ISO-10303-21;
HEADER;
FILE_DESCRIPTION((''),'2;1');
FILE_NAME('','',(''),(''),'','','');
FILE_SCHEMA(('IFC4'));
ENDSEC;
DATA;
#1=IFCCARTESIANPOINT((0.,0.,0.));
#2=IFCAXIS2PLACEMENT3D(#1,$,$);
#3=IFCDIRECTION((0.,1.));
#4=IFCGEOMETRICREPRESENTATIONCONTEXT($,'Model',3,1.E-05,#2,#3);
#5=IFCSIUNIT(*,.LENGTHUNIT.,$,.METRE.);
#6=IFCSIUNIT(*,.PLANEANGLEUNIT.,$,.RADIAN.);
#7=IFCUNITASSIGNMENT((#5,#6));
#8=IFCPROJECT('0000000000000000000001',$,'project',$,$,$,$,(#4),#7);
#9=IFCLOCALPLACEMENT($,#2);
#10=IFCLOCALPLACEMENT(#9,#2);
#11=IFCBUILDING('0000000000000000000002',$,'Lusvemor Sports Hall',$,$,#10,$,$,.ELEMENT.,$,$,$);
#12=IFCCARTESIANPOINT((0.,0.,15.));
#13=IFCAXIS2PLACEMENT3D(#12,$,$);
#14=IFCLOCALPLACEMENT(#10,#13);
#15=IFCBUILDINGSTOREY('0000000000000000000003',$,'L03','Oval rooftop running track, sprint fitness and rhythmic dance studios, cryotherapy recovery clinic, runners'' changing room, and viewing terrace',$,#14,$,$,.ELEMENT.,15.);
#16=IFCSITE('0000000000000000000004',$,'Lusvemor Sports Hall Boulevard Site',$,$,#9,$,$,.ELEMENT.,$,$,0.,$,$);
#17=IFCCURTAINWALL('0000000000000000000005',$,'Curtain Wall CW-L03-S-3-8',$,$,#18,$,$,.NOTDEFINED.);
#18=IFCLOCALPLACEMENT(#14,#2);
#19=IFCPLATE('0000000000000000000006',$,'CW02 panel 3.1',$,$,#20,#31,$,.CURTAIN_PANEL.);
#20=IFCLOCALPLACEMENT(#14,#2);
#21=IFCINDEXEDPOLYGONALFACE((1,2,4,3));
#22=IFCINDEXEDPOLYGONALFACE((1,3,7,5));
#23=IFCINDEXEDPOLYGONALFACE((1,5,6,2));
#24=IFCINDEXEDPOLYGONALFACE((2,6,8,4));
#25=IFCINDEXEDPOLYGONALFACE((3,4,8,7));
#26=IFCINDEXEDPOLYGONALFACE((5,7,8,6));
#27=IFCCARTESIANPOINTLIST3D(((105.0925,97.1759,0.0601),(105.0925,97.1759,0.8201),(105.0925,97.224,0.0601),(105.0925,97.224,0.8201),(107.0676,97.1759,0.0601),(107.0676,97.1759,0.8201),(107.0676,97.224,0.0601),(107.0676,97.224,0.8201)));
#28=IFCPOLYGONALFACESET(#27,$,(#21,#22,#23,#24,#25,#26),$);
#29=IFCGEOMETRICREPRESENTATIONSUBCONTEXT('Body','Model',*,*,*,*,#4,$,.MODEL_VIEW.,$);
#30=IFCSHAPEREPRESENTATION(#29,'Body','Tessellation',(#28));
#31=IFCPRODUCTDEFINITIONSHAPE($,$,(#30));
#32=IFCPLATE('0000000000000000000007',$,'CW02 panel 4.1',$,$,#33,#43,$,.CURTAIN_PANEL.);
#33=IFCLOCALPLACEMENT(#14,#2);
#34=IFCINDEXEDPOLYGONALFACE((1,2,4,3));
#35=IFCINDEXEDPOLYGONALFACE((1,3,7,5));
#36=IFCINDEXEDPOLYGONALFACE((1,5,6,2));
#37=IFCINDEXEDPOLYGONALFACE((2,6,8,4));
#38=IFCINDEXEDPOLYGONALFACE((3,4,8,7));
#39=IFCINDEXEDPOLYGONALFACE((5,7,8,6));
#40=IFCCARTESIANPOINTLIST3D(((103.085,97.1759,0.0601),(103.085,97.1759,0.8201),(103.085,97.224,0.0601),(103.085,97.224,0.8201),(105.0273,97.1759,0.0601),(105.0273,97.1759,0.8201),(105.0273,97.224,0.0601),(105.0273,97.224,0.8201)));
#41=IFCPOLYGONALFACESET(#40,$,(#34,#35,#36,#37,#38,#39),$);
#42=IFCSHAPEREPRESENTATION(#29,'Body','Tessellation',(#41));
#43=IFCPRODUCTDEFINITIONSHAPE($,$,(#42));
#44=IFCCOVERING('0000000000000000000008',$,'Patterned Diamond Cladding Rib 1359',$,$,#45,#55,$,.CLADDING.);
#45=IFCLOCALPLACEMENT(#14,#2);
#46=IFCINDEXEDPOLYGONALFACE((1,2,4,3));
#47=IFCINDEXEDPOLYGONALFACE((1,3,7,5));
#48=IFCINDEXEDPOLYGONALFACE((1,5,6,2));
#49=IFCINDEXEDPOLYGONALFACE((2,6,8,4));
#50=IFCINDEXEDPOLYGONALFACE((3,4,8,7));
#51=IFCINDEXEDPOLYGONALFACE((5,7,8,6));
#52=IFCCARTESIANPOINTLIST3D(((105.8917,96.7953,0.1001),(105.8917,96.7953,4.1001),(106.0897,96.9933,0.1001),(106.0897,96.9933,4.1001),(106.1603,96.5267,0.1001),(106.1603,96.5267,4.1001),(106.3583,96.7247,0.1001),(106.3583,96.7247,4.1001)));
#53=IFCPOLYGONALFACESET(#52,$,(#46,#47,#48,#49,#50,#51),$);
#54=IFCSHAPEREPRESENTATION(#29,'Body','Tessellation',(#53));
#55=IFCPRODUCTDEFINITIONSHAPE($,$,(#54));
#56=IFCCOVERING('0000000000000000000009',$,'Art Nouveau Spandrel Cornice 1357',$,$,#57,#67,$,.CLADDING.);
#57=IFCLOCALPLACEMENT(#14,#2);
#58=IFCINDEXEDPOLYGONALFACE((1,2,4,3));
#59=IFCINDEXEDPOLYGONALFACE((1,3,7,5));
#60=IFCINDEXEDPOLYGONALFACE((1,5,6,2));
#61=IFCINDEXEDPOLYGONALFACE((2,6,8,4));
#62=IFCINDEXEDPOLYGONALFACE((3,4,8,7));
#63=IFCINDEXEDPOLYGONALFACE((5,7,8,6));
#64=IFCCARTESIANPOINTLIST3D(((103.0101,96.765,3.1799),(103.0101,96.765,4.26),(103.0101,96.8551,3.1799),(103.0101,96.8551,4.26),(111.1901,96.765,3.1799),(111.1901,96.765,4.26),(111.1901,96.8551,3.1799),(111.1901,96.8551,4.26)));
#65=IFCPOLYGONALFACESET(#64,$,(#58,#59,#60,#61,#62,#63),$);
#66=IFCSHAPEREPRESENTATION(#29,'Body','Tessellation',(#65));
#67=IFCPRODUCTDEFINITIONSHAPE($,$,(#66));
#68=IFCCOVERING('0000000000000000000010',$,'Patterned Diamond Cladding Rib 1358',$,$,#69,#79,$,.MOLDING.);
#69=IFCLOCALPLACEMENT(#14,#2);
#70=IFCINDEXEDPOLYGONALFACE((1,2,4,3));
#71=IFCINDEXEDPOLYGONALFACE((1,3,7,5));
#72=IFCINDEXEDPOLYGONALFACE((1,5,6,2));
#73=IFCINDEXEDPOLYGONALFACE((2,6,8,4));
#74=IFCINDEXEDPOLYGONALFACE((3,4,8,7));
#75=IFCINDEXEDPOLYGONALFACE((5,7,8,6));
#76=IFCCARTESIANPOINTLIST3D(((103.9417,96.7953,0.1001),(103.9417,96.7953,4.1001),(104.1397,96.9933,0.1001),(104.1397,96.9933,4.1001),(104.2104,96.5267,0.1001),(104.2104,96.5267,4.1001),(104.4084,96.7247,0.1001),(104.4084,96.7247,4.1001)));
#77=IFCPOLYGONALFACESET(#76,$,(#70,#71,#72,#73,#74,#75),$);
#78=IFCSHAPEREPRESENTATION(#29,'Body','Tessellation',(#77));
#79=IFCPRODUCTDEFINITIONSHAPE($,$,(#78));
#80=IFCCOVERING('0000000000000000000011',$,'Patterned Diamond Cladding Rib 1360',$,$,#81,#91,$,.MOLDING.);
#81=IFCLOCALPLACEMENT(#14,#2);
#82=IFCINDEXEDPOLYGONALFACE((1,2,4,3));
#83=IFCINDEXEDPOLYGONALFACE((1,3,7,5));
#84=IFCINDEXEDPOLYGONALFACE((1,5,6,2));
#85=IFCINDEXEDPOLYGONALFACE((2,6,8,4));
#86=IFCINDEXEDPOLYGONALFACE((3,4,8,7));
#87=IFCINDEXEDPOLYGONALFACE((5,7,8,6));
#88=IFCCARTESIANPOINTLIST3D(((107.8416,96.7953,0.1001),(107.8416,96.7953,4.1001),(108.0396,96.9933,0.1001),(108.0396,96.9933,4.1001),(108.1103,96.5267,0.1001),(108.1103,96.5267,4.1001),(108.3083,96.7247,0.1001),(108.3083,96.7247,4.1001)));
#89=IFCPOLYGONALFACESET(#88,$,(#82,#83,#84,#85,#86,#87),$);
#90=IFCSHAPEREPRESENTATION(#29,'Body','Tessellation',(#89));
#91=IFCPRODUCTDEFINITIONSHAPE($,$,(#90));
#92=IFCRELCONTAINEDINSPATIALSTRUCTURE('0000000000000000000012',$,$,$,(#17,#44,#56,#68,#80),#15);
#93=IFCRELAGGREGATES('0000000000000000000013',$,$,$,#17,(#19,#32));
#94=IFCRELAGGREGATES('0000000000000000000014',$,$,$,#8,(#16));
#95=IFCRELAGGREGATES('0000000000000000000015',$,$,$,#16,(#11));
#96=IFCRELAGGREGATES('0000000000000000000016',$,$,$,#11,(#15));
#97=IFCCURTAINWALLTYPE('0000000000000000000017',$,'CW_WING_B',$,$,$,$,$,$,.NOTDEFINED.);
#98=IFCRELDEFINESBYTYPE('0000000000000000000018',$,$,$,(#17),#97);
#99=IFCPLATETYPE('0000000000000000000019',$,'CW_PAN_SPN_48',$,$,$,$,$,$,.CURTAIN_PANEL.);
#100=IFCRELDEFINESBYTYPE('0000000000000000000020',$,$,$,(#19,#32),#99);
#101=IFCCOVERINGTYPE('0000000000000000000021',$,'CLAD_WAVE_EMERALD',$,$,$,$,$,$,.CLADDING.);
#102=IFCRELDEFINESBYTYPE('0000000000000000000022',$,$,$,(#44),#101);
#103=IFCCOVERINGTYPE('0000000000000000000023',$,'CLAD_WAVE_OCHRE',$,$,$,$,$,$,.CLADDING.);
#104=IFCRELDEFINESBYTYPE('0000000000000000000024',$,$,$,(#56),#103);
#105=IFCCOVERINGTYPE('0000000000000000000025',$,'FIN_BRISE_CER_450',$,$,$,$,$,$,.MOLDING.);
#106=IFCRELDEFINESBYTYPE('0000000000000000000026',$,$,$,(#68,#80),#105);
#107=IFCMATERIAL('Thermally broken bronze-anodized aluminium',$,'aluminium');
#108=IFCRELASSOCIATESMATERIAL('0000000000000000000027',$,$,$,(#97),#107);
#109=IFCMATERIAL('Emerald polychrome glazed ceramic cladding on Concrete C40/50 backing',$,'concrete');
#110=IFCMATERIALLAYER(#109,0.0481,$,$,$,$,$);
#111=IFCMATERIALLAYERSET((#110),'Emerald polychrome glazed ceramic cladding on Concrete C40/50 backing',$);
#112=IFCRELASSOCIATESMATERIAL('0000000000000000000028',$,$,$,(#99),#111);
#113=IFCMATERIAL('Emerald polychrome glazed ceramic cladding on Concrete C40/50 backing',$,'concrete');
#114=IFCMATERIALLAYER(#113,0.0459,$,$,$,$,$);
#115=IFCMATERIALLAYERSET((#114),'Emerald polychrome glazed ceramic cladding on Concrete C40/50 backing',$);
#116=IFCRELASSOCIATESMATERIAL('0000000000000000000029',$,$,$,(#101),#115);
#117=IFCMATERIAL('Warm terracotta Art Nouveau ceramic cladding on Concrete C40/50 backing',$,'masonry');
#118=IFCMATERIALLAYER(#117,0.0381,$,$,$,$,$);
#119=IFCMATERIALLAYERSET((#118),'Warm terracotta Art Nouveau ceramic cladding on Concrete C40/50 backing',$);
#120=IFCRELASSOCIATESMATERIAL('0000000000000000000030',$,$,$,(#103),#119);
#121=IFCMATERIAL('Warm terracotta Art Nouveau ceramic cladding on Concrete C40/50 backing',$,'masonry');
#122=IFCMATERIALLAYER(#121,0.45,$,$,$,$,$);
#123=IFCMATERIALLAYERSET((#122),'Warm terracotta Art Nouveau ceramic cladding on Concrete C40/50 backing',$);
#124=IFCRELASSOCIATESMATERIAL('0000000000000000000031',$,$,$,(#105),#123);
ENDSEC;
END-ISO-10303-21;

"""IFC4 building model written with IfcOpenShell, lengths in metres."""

from ifc_helpers import new_model, si_unit, direction, frame, origin, origin_2d, place, context, subcontext, project, spatial, rectangle, extrude, material, layer, layer_set, type_object, element, aggregate, save


model = new_model("IFC4")

# Units and contexts
model_context = context("Model", 3, precision=1e-05, world=origin(), true_north=direction((0.0, 1.0)))
body_context = subcontext(model_context, "Body", "Model", "MODEL_VIEW")
ifc_project = project(units=[si_unit("LENGTHUNIT", "METRE"), si_unit("PLANEANGLEUNIT", "RADIAN")], contexts=[model_context])

# Site, building, storey
site_placement = place(None, origin())
site = spatial("IfcSite", under=ifc_project, at=site_placement, Name="Lusvemor Sports Hall Boulevard Site", CompositionType="ELEMENT", RefElevation=0.0)
building_placement = place(site_placement, origin())
building = spatial("IfcBuilding", under=site, at=building_placement, Name="Lusvemor Sports Hall", CompositionType="ELEMENT")
storey_placement = place(building_placement, frame((0.0, 0.0, 15.0)))
storey = spatial("IfcBuildingStorey", under=building, at=storey_placement, Name="L03", Description="Oval rooftop running track, sprint fitness and rhythmic dance studios, cryotherapy recovery clinic, runners' changing room, and viewing terrace", CompositionType="ELEMENT", Elevation=15.0)

# Curtain wall
ifc_material_1 = material(Name="Thermally broken bronze-anodized aluminium", Category="aluminium")
curtain_wall_type = type_object("IfcCurtainWallType", Name="CW_WING_B", PredefinedType="NOTDEFINED", material=ifc_material_1)
curtain_wall_placement = place(storey_placement, origin())
curtain_wall = element("IfcCurtainWall", 1, at=curtain_wall_placement, inside=storey, type_object=curtain_wall_type, Name="Curtain Wall CW-L03-S-3-8", PredefinedType="NOTDEFINED")

# Plates
ifc_material_2 = material(Name="Emerald polychrome glazed ceramic cladding on Concrete C40/50 backing", Category="concrete")
ifc_layer_1 = layer(ifc_material_2, 0.0481)
ifc_layer_set_1 = layer_set([ifc_layer_1], Name="Emerald polychrome glazed ceramic cladding on Concrete C40/50 backing")
plate_type_1 = type_object("IfcPlateType", Name="CW_PAN_SPN_48", PredefinedType="CURTAIN_PANEL", material=ifc_layer_set_1)
plate_1_placement = place(storey_placement, frame((106.0801, 97.2, 0.0601), z_axis=(0.0, 0.0, 1.0), x_axis=(-1.0, 0.0, 0.0)))
plate_1 = element("IfcPlate", 2, at=plate_1_placement, type_object=plate_type_1, Name="CW02 panel 3.1", PredefinedType="CURTAIN_PANEL", context=body_context, shape_type="SweptSolid", body=[
    extrude(rectangle(XDim=1.9751, YDim=0.0481, at=origin_2d()), origin(), (0.0, 0.0, 1.0), 0.76),
])
plate_2_placement = place(storey_placement, frame((104.0562, 97.2, 0.0601), z_axis=(0.0, 0.0, 1.0), x_axis=(-1.0, 0.0, 0.0)))
plate_2 = element("IfcPlate", 3, at=plate_2_placement, type_object=plate_type_1, Name="CW02 panel 4.1", PredefinedType="CURTAIN_PANEL", context=body_context, shape_type="SweptSolid", body=[
    extrude(rectangle(XDim=1.9424, YDim=0.0481, at=origin_2d()), origin(), (0.0, 0.0, 1.0), 0.76),
])
aggregate(curtain_wall, [plate_1, plate_2])

# Coverings
ifc_material_3 = material(Name="Emerald polychrome glazed ceramic cladding on Concrete C40/50 backing", Category="concrete")
ifc_layer_2 = layer(ifc_material_3, 0.0459)
ifc_layer_set_2 = layer_set([ifc_layer_2], Name="Emerald polychrome glazed ceramic cladding on Concrete C40/50 backing")
covering_type_1 = type_object("IfcCoveringType", Name="CLAD_WAVE_EMERALD", PredefinedType="CLADDING", material=ifc_layer_set_2)
covering_1_placement = place(storey_placement, frame((106.125, 96.76, 0.1001), z_axis=(0.0, 0.0, 1.0), x_axis=(0.707107, 0.707107, 0.0)))
element("IfcCovering", 4, at=covering_1_placement, inside=storey, type_object=covering_type_1, Name="Patterned Diamond Cladding Rib 1359", PredefinedType="CLADDING", context=body_context, shape_type="SweptSolid", body=[
    extrude(rectangle(XDim=0.28, YDim=0.3799, at=origin_2d()), origin(), (0.0, 0.0, 1.0), 4.0),
])
ifc_material_4 = material(Name="Warm terracotta Art Nouveau ceramic cladding on Concrete C40/50 backing", Category="masonry")
ifc_layer_3 = layer(ifc_material_4, 0.0381)
ifc_layer_set_3 = layer_set([ifc_layer_3], Name="Warm terracotta Art Nouveau ceramic cladding on Concrete C40/50 backing")
covering_type_2 = type_object("IfcCoveringType", Name="CLAD_WAVE_OCHRE", PredefinedType="CLADDING", material=ifc_layer_set_3)
covering_2_placement = place(storey_placement, frame((107.1001, 96.8101, 3.1799), z_axis=(0.0, 0.0, 1.0), x_axis=(1.0, 0.0, 0.0)))
element("IfcCovering", 5, at=covering_2_placement, inside=storey, type_object=covering_type_2, Name="Art Nouveau Spandrel Cornice 1357", PredefinedType="CLADDING", context=body_context, shape_type="SweptSolid", body=[
    extrude(rectangle(XDim=8.1799, YDim=0.0901, at=origin_2d()), origin(), (0.0, 0.0, 1.0), 1.0801),
])
ifc_material_5 = material(Name="Warm terracotta Art Nouveau ceramic cladding on Concrete C40/50 backing", Category="masonry")
ifc_layer_4 = layer(ifc_material_5, 0.45)
ifc_layer_set_4 = layer_set([ifc_layer_4], Name="Warm terracotta Art Nouveau ceramic cladding on Concrete C40/50 backing")
covering_type_3 = type_object("IfcCoveringType", Name="FIN_BRISE_CER_450", PredefinedType="MOLDING", material=ifc_layer_set_4)
for number, where, z_axis, x_axis, name in (
    (6, (104.175, 96.76, 0.1001), (0.0, 0.0, 1.0), (0.707107, 0.707107, 0.0), "Patterned Diamond Cladding Rib 1358"),
    (7, (108.075, 96.76, 0.1001), (0.0, 0.0, 1.0), (0.707107, 0.707107, 0.0), "Patterned Diamond Cladding Rib 1360"),
):
    element("IfcCovering", number, at=place(storey_placement, frame(where, z_axis=z_axis, x_axis=x_axis)), inside=storey, type_object=covering_type_3, Name=name, PredefinedType="MOLDING", context=body_context, shape_type="SweptSolid", body=[
        extrude(rectangle(XDim=0.28, YDim=0.3799, at=origin_2d()), origin(), (0.0, 0.0, 1.0), 4.0),
    ])

save(model, "model.ifc")
